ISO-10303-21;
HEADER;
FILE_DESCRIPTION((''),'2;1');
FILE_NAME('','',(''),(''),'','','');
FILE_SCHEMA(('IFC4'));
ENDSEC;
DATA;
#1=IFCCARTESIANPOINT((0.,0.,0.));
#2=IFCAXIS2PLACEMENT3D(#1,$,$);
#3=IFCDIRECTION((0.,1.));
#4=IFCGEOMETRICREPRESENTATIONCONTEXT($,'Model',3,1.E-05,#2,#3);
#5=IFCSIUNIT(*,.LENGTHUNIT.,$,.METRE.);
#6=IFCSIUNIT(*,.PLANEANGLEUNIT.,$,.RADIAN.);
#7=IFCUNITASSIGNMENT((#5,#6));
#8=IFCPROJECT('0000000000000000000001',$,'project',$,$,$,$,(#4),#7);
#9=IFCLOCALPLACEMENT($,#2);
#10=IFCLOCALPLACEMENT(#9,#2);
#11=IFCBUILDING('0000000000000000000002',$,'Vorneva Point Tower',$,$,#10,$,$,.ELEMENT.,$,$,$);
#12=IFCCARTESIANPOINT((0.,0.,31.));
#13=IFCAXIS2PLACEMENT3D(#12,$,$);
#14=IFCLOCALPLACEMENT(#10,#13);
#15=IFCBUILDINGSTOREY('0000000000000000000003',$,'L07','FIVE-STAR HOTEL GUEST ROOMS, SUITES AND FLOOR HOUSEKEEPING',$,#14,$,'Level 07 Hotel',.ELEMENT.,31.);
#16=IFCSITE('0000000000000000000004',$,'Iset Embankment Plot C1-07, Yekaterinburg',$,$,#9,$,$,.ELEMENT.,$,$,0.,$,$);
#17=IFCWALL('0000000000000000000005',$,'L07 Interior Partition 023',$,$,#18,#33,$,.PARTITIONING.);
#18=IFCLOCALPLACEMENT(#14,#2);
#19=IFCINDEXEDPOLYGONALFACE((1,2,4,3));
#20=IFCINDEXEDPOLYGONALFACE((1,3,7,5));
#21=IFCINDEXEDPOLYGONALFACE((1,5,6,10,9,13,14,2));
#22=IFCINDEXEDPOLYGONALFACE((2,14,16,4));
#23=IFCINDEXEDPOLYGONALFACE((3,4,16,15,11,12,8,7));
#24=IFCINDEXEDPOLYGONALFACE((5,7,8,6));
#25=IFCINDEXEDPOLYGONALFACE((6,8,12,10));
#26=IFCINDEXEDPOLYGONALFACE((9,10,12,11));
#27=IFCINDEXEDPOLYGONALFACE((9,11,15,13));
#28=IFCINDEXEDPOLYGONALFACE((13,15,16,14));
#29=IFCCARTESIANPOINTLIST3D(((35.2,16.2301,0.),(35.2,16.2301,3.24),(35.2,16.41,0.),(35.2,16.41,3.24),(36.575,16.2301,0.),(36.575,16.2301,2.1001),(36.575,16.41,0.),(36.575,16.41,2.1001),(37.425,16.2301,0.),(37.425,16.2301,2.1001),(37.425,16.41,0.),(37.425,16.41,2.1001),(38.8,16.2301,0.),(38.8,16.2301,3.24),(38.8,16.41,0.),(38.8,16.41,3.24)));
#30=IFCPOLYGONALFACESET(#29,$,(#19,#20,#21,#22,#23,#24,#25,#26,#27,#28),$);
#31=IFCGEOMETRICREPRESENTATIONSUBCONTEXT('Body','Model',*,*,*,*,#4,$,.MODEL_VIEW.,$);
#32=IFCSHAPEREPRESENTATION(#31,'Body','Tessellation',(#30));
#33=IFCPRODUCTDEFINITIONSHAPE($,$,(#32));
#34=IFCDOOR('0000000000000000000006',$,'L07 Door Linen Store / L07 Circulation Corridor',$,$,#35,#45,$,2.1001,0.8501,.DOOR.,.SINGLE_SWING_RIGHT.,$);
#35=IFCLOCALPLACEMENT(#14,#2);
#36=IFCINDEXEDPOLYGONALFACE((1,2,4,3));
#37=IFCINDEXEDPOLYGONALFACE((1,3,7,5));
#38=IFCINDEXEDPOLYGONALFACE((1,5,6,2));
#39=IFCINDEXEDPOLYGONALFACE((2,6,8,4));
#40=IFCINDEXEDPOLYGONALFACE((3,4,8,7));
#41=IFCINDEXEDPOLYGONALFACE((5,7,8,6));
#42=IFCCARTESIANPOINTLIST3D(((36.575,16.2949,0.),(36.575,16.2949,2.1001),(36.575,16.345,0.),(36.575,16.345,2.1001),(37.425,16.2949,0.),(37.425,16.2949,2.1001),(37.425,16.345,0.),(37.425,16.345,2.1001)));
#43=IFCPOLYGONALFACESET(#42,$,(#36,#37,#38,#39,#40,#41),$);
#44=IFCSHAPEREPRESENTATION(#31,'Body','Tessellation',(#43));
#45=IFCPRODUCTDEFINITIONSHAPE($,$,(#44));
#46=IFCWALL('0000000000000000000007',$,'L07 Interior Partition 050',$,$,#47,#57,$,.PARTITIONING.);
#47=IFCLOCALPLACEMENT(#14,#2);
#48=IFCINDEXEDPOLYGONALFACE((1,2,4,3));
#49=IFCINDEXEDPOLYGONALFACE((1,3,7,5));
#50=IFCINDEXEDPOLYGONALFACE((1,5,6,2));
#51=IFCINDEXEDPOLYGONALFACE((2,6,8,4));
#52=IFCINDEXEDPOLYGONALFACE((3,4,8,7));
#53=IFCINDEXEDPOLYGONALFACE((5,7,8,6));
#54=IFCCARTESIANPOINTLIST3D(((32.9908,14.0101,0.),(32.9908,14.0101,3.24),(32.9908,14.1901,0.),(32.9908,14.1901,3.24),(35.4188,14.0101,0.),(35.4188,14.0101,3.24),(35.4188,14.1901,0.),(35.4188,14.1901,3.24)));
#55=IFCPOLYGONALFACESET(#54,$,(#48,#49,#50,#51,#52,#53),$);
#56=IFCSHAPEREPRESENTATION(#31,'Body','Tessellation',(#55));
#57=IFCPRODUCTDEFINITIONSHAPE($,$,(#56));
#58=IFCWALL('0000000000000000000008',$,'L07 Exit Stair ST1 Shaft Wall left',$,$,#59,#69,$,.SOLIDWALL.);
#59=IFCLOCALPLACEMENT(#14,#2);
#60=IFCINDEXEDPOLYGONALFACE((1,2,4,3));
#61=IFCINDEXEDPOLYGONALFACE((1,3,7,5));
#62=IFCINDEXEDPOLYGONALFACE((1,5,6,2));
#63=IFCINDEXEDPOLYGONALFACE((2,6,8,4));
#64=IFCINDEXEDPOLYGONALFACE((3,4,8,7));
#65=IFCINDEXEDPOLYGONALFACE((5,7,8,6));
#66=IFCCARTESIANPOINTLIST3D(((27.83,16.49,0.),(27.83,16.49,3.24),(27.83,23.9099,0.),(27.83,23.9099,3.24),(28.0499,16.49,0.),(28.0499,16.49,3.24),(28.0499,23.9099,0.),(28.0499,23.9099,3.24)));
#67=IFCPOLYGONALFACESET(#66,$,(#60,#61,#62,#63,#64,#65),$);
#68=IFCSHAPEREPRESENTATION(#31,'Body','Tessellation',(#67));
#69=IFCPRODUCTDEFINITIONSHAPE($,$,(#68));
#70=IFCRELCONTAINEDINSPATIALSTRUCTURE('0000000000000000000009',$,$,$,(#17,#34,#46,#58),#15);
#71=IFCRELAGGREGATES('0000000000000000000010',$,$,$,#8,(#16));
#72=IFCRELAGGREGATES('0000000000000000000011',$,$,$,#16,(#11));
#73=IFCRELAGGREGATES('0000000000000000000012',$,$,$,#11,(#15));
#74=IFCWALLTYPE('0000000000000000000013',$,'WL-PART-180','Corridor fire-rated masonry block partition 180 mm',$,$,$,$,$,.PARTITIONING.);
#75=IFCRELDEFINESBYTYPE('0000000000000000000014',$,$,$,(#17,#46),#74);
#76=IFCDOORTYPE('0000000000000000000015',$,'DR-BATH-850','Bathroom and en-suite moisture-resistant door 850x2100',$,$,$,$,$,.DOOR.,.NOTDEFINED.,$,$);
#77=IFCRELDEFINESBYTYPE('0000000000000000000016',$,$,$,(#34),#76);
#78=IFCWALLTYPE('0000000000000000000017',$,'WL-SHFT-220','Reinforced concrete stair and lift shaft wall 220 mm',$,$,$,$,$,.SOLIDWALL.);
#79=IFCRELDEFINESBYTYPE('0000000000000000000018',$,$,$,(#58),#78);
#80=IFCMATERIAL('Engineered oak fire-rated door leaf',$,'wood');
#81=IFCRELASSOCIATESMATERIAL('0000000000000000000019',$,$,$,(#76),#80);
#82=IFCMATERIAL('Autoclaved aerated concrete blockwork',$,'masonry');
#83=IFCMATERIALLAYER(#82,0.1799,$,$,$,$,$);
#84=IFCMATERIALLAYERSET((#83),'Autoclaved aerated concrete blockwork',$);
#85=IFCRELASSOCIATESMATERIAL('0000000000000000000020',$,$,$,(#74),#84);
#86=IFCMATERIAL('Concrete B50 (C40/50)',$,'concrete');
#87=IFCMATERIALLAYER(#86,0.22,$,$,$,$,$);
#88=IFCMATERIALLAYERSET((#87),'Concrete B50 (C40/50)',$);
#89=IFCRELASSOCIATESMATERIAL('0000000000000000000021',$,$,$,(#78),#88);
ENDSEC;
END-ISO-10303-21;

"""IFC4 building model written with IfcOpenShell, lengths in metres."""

from ifc_helpers import new_model, si_unit, direction, frame, frame_2d, origin, place, context, subcontext, project, spatial, rectangle, extrude, material, layer, layer_set, type_object, element, fill, save


model = new_model("IFC4")

# Units and contexts
model_context = context("Model", 3, precision=1e-05, world=origin(), true_north=direction((0.0, 1.0)))
body_context = subcontext(model_context, "Body", "Model", "MODEL_VIEW")
ifc_project = project(units=[si_unit("LENGTHUNIT", "METRE"), si_unit("PLANEANGLEUNIT", "RADIAN")], contexts=[model_context])

# Site, building, storey
site_placement = place(None, origin())
site = spatial("IfcSite", under=ifc_project, at=site_placement, Name="Iset Embankment Plot C1-07, Yekaterinburg", CompositionType="ELEMENT", RefElevation=0.0)
building_placement = place(site_placement, origin())
building = spatial("IfcBuilding", under=site, at=building_placement, Name="Vorneva Point Tower", CompositionType="ELEMENT")
storey_placement = place(building_placement, frame((0.0, 0.0, 31.0)))
storey = spatial("IfcBuildingStorey", under=building, at=storey_placement, Name="L07", Description="FIVE-STAR HOTEL GUEST ROOMS, SUITES AND FLOOR HOUSEKEEPING", LongName="Level 07 Hotel", CompositionType="ELEMENT", Elevation=31.0)

# Shared definitions
ifc_material_1 = material(Name="Engineered oak fire-rated door leaf", Category="wood")
door_type_1 = type_object("IfcDoorType", Name="DR-BATH-850", Description="Bathroom and en-suite moisture-resistant door 850x2100", OperationType="NOTDEFINED", PredefinedType="DOOR", material=ifc_material_1)

# Wall, opening, door
ifc_material_2 = material(Name="Autoclaved aerated concrete blockwork", Category="masonry")
ifc_layer_1 = layer(ifc_material_2, 0.1799)
ifc_layer_set_1 = layer_set([ifc_layer_1], Name="Autoclaved aerated concrete blockwork")
wall_type_1 = type_object("IfcWallType", Name="WL-PART-180", Description="Corridor fire-rated masonry block partition 180 mm", PredefinedType="PARTITIONING", material=ifc_layer_set_1)
wall_1_placement = place(storey_placement, frame((35.2, 16.3201, 0.0), z_axis=(0.0, 0.0, 1.0), x_axis=(1.0, 0.0, 0.0)))
wall_1 = element("IfcWall", 1, at=wall_1_placement, inside=storey, type_object=wall_type_1, Name="L07 Interior Partition 023", PredefinedType="PARTITIONING", context=body_context, shape_type="SweptSolid", body=[
    extrude(rectangle(XDim=3.6001, YDim=0.1799, at=frame_2d((1.8, 0.0))), origin(), (0.0, 0.0, 1.0), 3.24),
])
opening_1_placement = place(wall_1_placement, frame((1.375, 0.0, 0.0)))
opening_1 = element("IfcOpeningElement", 2, at=opening_1_placement, cuts=wall_1, PredefinedType="OPENING", context=body_context, shape_type="SweptSolid", body=[
    extrude(rectangle(XDim=0.8501, YDim=2.1001, at=frame_2d((0.425, 1.05))), frame((0.0, 0.105, 0.0), z_axis=(0.0, -1.0, 0.0), x_axis=(1.0, 0.0, 0.0)), (0.0, 0.0, 1.0), 0.2097),
])
door_1_placement = place(opening_1_placement, origin())
door_1 = element("IfcDoor", 3, at=door_1_placement, inside=storey, type_object=door_type_1, Name="L07 Door Linen Store / L07 Circulation Corridor", OperationType="SINGLE_SWING_RIGHT", OverallHeight=2.1001, OverallWidth=0.8501, PredefinedType="DOOR", context=body_context, shape_type="SweptSolid", body=[
    extrude(rectangle(XDim=0.8501, YDim=2.1001, at=frame_2d((0.425, 1.05))), frame((0.0, 0.0249, 0.0), z_axis=(0.0, -1.0, 0.0), x_axis=(1.0, 0.0, 0.0)), (0.0, 0.0, 1.0), 0.05),
])
fill(opening_1, door_1)

# Walls
wall_2_placement = place(storey_placement, frame((32.991, 14.1001, 0.0), z_axis=(0.0, 0.0, 1.0), x_axis=(1.0, 0.0, 0.0)))
element("IfcWall", 4, at=wall_2_placement, inside=storey, type_object=wall_type_1, Name="L07 Interior Partition 050", PredefinedType="PARTITIONING", context=body_context, shape_type="SweptSolid", body=[
    extrude(rectangle(XDim=2.428, YDim=0.1799, at=frame_2d((1.2139, 0.0))), origin(), (0.0, 0.0, 1.0), 3.24),
])
ifc_material_3 = material(Name="Concrete B50 (C40/50)", Category="concrete")
ifc_layer_2 = layer(ifc_material_3, 0.22)
ifc_layer_set_2 = layer_set([ifc_layer_2], Name="Concrete B50 (C40/50)")
wall_type_2 = type_object("IfcWallType", Name="WL-SHFT-220", Description="Reinforced concrete stair and lift shaft wall 220 mm", PredefinedType="SOLIDWALL", material=ifc_layer_set_2)
wall_3_placement = place(storey_placement, frame((27.9399, 16.49, 0.0), z_axis=(0.0, 0.0, 1.0), x_axis=(0.0, 1.0, 0.0)))
element("IfcWall", 5, at=wall_3_placement, inside=storey, type_object=wall_type_2, Name="L07 Exit Stair ST1 Shaft Wall left", PredefinedType="SOLIDWALL", context=body_context, shape_type="SweptSolid", body=[
    extrude(rectangle(XDim=7.4199, YDim=0.22, at=frame_2d((3.71, 0.0))), origin(), (0.0, 0.0, 1.0), 3.24),
])

save(model, "model.ifc")
